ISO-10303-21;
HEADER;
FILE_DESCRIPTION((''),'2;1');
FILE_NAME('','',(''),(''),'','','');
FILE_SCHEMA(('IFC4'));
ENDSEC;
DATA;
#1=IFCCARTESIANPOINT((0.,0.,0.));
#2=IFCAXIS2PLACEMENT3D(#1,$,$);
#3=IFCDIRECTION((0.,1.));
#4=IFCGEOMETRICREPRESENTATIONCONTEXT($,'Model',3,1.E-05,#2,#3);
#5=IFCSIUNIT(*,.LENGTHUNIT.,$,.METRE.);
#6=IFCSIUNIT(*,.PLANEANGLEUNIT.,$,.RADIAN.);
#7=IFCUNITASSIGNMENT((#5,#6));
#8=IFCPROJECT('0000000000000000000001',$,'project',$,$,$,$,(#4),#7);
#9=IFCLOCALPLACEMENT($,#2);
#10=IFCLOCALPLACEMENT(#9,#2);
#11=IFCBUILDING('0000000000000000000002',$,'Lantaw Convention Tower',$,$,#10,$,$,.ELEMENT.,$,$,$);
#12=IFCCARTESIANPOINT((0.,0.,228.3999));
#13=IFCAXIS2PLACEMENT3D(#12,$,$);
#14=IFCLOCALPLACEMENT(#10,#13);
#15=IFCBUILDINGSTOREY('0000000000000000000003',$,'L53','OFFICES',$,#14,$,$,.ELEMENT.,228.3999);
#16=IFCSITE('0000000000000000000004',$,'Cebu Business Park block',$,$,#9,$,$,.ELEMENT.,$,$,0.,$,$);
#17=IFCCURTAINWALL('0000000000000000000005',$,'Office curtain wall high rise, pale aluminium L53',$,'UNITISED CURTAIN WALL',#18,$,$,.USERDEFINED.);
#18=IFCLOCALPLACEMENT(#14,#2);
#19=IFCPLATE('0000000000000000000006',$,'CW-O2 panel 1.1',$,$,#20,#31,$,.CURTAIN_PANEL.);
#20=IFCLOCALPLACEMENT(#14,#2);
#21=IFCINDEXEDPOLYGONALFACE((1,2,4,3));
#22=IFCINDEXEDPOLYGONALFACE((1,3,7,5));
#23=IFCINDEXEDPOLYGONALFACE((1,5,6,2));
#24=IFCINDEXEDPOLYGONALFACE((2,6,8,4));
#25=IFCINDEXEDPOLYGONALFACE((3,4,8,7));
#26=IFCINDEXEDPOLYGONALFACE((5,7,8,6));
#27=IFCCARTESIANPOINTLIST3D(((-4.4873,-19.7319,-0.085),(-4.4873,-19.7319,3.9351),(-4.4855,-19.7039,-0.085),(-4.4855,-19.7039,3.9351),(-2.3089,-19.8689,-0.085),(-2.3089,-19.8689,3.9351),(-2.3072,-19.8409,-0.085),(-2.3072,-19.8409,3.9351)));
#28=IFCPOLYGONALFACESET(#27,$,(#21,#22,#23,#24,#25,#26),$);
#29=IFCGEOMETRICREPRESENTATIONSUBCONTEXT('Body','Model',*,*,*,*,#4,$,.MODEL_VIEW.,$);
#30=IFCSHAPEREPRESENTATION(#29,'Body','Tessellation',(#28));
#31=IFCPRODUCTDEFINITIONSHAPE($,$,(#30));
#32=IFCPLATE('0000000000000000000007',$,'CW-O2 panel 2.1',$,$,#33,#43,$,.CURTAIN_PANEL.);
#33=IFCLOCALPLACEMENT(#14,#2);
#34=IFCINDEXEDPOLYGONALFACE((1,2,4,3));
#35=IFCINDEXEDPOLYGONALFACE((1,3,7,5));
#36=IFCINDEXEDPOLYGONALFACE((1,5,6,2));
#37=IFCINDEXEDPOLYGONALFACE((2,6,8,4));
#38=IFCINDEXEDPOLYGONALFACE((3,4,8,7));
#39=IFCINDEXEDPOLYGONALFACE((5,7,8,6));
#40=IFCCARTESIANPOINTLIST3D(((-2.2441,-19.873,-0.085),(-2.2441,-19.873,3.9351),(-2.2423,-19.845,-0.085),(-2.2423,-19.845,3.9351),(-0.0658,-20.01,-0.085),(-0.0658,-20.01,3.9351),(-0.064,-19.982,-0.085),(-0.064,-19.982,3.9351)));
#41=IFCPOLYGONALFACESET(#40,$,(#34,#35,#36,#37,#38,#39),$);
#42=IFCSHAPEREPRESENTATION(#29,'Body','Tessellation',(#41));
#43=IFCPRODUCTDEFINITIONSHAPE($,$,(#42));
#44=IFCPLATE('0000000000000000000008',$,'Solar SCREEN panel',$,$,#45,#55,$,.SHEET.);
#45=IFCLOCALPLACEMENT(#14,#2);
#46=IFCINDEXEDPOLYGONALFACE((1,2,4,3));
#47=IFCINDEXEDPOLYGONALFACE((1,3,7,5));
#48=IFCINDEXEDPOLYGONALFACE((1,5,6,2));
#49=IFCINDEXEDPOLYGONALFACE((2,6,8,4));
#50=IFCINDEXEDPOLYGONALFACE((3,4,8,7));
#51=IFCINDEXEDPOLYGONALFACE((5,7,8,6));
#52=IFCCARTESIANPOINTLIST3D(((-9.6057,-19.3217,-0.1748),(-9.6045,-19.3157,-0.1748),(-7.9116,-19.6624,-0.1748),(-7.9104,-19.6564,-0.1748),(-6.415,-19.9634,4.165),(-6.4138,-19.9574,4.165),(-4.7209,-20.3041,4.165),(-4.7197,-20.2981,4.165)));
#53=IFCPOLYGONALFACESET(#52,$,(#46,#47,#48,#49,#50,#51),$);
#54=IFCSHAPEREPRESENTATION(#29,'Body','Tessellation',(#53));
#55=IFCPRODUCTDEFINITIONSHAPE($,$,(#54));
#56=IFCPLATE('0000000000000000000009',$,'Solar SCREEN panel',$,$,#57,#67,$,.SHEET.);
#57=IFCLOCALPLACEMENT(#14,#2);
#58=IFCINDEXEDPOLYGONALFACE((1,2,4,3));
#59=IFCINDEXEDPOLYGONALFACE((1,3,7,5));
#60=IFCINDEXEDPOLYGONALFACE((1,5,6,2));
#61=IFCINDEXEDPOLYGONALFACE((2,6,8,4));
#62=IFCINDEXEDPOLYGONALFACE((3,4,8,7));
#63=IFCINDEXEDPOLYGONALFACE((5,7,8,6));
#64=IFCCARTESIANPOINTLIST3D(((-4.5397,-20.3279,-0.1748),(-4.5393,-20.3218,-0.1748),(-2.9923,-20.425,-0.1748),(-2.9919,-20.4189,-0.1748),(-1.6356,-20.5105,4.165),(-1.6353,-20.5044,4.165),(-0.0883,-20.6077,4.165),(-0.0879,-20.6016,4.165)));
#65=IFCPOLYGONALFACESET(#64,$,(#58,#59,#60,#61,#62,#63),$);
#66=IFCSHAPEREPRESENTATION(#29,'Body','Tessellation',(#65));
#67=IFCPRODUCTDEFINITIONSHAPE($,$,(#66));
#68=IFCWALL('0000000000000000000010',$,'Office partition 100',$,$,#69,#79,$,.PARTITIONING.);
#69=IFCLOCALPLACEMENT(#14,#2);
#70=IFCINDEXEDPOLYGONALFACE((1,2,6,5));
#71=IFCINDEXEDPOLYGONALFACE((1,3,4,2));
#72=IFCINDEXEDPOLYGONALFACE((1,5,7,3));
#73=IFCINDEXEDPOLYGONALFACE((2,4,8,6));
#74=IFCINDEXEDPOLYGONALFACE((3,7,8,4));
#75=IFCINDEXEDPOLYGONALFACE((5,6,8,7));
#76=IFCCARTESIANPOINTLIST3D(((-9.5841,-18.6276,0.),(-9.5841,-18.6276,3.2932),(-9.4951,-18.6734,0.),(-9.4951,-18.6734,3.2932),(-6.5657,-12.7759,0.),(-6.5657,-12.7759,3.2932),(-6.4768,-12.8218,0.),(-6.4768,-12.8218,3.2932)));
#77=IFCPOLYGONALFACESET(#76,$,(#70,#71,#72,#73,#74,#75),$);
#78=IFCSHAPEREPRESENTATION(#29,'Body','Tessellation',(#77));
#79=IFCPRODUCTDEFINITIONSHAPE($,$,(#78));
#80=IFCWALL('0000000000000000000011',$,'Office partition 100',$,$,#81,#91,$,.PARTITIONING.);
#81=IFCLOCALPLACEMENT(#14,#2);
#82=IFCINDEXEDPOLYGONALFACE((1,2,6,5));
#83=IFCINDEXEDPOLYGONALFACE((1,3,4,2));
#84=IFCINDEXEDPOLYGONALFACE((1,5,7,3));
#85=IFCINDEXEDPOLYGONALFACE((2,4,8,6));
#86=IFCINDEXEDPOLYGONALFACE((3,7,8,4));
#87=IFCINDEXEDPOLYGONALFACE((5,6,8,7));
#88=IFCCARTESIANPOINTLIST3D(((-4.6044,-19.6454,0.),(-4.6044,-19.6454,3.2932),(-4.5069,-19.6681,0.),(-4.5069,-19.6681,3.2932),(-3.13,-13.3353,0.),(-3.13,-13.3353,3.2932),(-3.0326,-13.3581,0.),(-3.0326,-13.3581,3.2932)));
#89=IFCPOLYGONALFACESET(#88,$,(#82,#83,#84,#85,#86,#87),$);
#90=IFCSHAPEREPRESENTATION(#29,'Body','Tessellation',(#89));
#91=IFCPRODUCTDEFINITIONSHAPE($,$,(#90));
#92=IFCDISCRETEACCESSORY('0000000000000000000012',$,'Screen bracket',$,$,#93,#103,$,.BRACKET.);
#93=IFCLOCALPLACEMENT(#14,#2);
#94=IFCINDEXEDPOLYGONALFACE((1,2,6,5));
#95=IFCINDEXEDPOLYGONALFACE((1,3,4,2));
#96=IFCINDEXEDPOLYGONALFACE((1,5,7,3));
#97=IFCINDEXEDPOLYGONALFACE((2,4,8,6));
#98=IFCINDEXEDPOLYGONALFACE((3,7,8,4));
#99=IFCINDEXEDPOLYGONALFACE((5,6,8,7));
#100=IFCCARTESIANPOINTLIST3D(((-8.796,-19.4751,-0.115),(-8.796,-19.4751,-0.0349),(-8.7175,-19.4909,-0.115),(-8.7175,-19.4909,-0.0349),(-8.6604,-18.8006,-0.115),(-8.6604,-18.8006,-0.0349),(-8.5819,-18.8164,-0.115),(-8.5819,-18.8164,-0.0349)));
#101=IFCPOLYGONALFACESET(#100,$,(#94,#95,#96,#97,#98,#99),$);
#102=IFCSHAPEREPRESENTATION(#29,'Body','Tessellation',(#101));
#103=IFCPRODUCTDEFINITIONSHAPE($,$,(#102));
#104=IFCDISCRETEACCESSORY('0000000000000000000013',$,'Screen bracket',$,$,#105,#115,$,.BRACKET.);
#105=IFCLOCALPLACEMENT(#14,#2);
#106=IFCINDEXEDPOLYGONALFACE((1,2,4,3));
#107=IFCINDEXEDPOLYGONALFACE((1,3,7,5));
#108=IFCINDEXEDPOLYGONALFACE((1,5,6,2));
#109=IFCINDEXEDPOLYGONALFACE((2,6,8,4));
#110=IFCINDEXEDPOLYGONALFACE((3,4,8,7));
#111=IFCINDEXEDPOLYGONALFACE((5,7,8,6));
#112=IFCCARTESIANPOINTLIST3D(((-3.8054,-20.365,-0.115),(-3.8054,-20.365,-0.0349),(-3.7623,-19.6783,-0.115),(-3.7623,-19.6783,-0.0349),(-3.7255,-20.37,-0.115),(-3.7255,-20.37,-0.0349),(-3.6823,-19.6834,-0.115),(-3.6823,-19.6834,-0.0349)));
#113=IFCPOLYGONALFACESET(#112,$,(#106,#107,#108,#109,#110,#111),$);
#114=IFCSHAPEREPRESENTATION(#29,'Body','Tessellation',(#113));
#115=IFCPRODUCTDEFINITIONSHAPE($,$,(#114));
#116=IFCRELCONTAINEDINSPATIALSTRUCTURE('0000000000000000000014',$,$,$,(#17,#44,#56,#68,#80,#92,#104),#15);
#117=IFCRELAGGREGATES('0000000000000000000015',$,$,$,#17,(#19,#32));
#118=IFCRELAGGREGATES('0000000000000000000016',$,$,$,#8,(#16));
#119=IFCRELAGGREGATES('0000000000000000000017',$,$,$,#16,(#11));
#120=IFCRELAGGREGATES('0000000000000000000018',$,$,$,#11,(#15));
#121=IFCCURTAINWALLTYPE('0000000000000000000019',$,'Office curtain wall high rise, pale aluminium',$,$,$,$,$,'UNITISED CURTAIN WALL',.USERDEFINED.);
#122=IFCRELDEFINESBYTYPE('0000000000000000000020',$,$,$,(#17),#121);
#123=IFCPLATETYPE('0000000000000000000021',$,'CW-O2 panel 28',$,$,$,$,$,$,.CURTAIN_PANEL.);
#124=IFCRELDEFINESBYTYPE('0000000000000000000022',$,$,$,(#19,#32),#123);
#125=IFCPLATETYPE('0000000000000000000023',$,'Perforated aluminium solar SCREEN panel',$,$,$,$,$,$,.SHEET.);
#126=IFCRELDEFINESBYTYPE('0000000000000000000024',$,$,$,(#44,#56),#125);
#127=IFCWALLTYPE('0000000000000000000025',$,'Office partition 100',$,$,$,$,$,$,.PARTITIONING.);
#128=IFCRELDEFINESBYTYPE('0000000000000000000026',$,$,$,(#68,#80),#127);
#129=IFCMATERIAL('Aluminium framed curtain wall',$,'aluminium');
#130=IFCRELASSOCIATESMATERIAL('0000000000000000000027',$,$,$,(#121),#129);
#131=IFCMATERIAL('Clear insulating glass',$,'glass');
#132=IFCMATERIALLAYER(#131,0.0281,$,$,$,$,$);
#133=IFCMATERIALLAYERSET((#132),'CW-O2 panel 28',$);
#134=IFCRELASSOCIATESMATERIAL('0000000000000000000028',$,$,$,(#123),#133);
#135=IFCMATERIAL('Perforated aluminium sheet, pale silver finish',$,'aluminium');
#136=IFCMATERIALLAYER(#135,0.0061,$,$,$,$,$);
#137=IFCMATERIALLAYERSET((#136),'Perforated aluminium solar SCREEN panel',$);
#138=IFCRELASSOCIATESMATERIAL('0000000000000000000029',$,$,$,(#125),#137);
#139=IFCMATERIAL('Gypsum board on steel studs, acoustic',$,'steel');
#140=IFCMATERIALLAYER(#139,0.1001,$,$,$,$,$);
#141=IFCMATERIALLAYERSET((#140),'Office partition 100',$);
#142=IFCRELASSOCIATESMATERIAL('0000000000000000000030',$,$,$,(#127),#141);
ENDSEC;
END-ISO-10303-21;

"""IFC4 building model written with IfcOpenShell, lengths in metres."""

from ifc_helpers import new_model, si_unit, direction, frame, frame_2d, origin, origin_2d, place, context, subcontext, project, spatial, polyline, rectangle, outline, extrude, material, layer, layer_set, type_object, element, aggregate, save


model = new_model("IFC4")

# Units and contexts
model_context = context("Model", 3, precision=1e-05, world=origin(), true_north=direction((0.0, 1.0)))
body_context = subcontext(model_context, "Body", "Model", "MODEL_VIEW")
ifc_project = project(units=[si_unit("LENGTHUNIT", "METRE"), si_unit("PLANEANGLEUNIT", "RADIAN")], contexts=[model_context])

# Site, building, storey
site_placement = place(None, origin())
site = spatial("IfcSite", under=ifc_project, at=site_placement, Name="Cebu Business Park block", CompositionType="ELEMENT", RefElevation=0.0)
building_placement = place(site_placement, origin())
building = spatial("IfcBuilding", under=site, at=building_placement, Name="Lantaw Convention Tower", CompositionType="ELEMENT")
storey_placement = place(building_placement, frame((0.0, 0.0, 228.3999)))
storey = spatial("IfcBuildingStorey", under=building, at=storey_placement, Name="L53", Description="OFFICES", CompositionType="ELEMENT", Elevation=228.3999)

# Curtain wall
ifc_material_1 = material(Name="Aluminium framed curtain wall", Category="aluminium")
curtain_wall_type = type_object("IfcCurtainWallType", Name="Office curtain wall high rise, pale aluminium", ElementType="UNITISED CURTAIN WALL", PredefinedType="USERDEFINED", material=ifc_material_1)
curtain_wall_1_placement = place(storey_placement, origin())
curtain_wall_1 = element("IfcCurtainWall", 1, at=curtain_wall_1_placement, inside=storey, type_object=curtain_wall_type, Name="Office curtain wall high rise, pale aluminium L53", ObjectType="UNITISED CURTAIN WALL", PredefinedType="USERDEFINED")

# Plates
ifc_material_2 = material(Name="Clear insulating glass", Category="glass")
ifc_layer_1 = layer(ifc_material_2, 0.0281)
ifc_layer_set_1 = layer_set([ifc_layer_1], Name="CW-O2 panel 28")
plate_type_1 = type_object("IfcPlateType", Name="CW-O2 panel 28", PredefinedType="CURTAIN_PANEL", material=ifc_layer_set_1)
plate_1_placement = place(storey_placement, frame((-3.3972, -19.7864, -0.085), z_axis=(0.0, 0.0, 1.0), x_axis=(0.998029, -0.062758, 0.0)))
plate_1 = element("IfcPlate", 2, at=plate_1_placement, type_object=plate_type_1, Name="CW-O2 panel 1.1", PredefinedType="CURTAIN_PANEL", context=body_context, shape_type="SweptSolid", body=[
    extrude(rectangle(XDim=2.1826, YDim=0.0281, at=origin_2d()), origin(), (0.0, 0.0, 1.0), 4.02),
])
plate_2_placement = place(storey_placement, frame((-1.1541, -19.9275, -0.085), z_axis=(0.0, 0.0, 1.0), x_axis=(0.998029, -0.062758, 0.0)))
plate_2 = element("IfcPlate", 3, at=plate_2_placement, type_object=plate_type_1, Name="CW-O2 panel 2.1", PredefinedType="CURTAIN_PANEL", context=body_context, shape_type="SweptSolid", body=[
    extrude(rectangle(XDim=2.1826, YDim=0.0281, at=origin_2d()), origin(), (0.0, 0.0, 1.0), 4.02),
])
aggregate(curtain_wall_1, [plate_1, plate_2])

# Plates
ifc_material_3 = material(Name="Perforated aluminium sheet, pale silver finish", Category="aluminium")
ifc_layer_2 = layer(ifc_material_3, 0.0061)
ifc_layer_set_2 = layer_set([ifc_layer_2], Name="Perforated aluminium solar SCREEN panel")
plate_type_2 = type_object("IfcPlateType", Name="Perforated aluminium solar SCREEN panel", PredefinedType="SHEET", material=ifc_layer_set_2)
plate_3_placement = place(storey_placement, frame((-9.6045, -19.3157, -0.1748), z_axis=(0.197162, 0.980371, 0.000011), x_axis=(0.980371, -0.197162, 0.0)))
element("IfcPlate", 4, at=plate_3_placement, inside=storey, type_object=plate_type_2, Name="Solar SCREEN panel", PredefinedType="SHEET", context=body_context, shape_type="SweptSolid", body=[
    extrude(outline(polyline([(0.0, 0.0), (1.728, 0.0), (4.9826, -4.3398), (3.2545, -4.3398), (0.0, 0.0)])), origin(), (0.0, 0.0, -1.0), 0.0061),
])
plate_4_placement = place(storey_placement, frame((-4.5393, -20.3218, -0.1748), z_axis=(0.062672, 0.998034, 0.000059), x_axis=(0.998034, -0.062672, 0.0)))
element("IfcPlate", 5, at=plate_4_placement, inside=storey, type_object=plate_type_2, Name="Solar SCREEN panel", PredefinedType="SHEET", context=body_context, shape_type="SweptSolid", body=[
    extrude(outline(polyline([(0.0, 0.0), (1.5504, 0.0), (4.4602, -4.3398), (2.9098, -4.3398), (0.0, 0.0)])), origin(), (0.0, 0.0, -1.0), 0.0061),
])

# Walls
ifc_material_4 = material(Name="Gypsum board on steel studs, acoustic", Category="steel")
ifc_layer_3 = layer(ifc_material_4, 0.1001)
ifc_layer_set_3 = layer_set([ifc_layer_3], Name="Office partition 100")
wall_type = type_object("IfcWallType", Name="Office partition 100", PredefinedType="PARTITIONING", material=ifc_layer_set_3)
wall_1_placement = place(storey_placement, frame((-9.5396, -18.6504, 0.0), z_axis=(0.0, 0.0, 1.0), x_axis=(0.458421, 0.888735, 0.0)))
element("IfcWall", 6, at=wall_1_placement, inside=storey, type_object=wall_type, Name="Office partition 100", PredefinedType="PARTITIONING", context=body_context, shape_type="SweptSolid", body=[
    extrude(rectangle(XDim=6.5842, YDim=0.1001, at=frame_2d((3.292, 0.0))), origin(), (0.0, 0.0, 1.0), 3.2932),
])
wall_2_placement = place(storey_placement, frame((-4.5557, -19.6567, 0.0), z_axis=(0.0, 0.0, 1.0), x_axis=(0.227525, 0.973772, 0.0)))
element("IfcWall", 7, at=wall_2_placement, inside=storey, type_object=wall_type, Name="Office partition 100", PredefinedType="PARTITIONING", context=body_context, shape_type="SweptSolid", body=[
    extrude(rectangle(XDim=6.48, YDim=0.1001, at=frame_2d((3.24, 0.0))), origin(), (0.0, 0.0, 1.0), 3.2932),
])

# Discrete accessories
for number, where, z_axis, x_axis, name in (
    (8, (-8.689, -19.1458, -0.115), (0.0, 0.0, 1.0), (0.980367, -0.197183, 0.0), "Screen bracket"),
    (9, (-3.7439, -20.0242, -0.115), (0.0, 0.0, 1.0), (0.998029, -0.062758, 0.0), "Screen bracket"),
):
    element("IfcDiscreteAccessory", number, at=place(storey_placement, frame(where, z_axis=z_axis, x_axis=x_axis)), inside=storey, Name=name, PredefinedType="BRACKET", context=body_context, shape_type="SweptSolid", body=[
        extrude(rectangle(XDim=0.0801, YDim=0.688, at=origin_2d()), origin(), (0.0, 0.0, 1.0), 0.0801),
    ])

save(model, "model.ifc")
